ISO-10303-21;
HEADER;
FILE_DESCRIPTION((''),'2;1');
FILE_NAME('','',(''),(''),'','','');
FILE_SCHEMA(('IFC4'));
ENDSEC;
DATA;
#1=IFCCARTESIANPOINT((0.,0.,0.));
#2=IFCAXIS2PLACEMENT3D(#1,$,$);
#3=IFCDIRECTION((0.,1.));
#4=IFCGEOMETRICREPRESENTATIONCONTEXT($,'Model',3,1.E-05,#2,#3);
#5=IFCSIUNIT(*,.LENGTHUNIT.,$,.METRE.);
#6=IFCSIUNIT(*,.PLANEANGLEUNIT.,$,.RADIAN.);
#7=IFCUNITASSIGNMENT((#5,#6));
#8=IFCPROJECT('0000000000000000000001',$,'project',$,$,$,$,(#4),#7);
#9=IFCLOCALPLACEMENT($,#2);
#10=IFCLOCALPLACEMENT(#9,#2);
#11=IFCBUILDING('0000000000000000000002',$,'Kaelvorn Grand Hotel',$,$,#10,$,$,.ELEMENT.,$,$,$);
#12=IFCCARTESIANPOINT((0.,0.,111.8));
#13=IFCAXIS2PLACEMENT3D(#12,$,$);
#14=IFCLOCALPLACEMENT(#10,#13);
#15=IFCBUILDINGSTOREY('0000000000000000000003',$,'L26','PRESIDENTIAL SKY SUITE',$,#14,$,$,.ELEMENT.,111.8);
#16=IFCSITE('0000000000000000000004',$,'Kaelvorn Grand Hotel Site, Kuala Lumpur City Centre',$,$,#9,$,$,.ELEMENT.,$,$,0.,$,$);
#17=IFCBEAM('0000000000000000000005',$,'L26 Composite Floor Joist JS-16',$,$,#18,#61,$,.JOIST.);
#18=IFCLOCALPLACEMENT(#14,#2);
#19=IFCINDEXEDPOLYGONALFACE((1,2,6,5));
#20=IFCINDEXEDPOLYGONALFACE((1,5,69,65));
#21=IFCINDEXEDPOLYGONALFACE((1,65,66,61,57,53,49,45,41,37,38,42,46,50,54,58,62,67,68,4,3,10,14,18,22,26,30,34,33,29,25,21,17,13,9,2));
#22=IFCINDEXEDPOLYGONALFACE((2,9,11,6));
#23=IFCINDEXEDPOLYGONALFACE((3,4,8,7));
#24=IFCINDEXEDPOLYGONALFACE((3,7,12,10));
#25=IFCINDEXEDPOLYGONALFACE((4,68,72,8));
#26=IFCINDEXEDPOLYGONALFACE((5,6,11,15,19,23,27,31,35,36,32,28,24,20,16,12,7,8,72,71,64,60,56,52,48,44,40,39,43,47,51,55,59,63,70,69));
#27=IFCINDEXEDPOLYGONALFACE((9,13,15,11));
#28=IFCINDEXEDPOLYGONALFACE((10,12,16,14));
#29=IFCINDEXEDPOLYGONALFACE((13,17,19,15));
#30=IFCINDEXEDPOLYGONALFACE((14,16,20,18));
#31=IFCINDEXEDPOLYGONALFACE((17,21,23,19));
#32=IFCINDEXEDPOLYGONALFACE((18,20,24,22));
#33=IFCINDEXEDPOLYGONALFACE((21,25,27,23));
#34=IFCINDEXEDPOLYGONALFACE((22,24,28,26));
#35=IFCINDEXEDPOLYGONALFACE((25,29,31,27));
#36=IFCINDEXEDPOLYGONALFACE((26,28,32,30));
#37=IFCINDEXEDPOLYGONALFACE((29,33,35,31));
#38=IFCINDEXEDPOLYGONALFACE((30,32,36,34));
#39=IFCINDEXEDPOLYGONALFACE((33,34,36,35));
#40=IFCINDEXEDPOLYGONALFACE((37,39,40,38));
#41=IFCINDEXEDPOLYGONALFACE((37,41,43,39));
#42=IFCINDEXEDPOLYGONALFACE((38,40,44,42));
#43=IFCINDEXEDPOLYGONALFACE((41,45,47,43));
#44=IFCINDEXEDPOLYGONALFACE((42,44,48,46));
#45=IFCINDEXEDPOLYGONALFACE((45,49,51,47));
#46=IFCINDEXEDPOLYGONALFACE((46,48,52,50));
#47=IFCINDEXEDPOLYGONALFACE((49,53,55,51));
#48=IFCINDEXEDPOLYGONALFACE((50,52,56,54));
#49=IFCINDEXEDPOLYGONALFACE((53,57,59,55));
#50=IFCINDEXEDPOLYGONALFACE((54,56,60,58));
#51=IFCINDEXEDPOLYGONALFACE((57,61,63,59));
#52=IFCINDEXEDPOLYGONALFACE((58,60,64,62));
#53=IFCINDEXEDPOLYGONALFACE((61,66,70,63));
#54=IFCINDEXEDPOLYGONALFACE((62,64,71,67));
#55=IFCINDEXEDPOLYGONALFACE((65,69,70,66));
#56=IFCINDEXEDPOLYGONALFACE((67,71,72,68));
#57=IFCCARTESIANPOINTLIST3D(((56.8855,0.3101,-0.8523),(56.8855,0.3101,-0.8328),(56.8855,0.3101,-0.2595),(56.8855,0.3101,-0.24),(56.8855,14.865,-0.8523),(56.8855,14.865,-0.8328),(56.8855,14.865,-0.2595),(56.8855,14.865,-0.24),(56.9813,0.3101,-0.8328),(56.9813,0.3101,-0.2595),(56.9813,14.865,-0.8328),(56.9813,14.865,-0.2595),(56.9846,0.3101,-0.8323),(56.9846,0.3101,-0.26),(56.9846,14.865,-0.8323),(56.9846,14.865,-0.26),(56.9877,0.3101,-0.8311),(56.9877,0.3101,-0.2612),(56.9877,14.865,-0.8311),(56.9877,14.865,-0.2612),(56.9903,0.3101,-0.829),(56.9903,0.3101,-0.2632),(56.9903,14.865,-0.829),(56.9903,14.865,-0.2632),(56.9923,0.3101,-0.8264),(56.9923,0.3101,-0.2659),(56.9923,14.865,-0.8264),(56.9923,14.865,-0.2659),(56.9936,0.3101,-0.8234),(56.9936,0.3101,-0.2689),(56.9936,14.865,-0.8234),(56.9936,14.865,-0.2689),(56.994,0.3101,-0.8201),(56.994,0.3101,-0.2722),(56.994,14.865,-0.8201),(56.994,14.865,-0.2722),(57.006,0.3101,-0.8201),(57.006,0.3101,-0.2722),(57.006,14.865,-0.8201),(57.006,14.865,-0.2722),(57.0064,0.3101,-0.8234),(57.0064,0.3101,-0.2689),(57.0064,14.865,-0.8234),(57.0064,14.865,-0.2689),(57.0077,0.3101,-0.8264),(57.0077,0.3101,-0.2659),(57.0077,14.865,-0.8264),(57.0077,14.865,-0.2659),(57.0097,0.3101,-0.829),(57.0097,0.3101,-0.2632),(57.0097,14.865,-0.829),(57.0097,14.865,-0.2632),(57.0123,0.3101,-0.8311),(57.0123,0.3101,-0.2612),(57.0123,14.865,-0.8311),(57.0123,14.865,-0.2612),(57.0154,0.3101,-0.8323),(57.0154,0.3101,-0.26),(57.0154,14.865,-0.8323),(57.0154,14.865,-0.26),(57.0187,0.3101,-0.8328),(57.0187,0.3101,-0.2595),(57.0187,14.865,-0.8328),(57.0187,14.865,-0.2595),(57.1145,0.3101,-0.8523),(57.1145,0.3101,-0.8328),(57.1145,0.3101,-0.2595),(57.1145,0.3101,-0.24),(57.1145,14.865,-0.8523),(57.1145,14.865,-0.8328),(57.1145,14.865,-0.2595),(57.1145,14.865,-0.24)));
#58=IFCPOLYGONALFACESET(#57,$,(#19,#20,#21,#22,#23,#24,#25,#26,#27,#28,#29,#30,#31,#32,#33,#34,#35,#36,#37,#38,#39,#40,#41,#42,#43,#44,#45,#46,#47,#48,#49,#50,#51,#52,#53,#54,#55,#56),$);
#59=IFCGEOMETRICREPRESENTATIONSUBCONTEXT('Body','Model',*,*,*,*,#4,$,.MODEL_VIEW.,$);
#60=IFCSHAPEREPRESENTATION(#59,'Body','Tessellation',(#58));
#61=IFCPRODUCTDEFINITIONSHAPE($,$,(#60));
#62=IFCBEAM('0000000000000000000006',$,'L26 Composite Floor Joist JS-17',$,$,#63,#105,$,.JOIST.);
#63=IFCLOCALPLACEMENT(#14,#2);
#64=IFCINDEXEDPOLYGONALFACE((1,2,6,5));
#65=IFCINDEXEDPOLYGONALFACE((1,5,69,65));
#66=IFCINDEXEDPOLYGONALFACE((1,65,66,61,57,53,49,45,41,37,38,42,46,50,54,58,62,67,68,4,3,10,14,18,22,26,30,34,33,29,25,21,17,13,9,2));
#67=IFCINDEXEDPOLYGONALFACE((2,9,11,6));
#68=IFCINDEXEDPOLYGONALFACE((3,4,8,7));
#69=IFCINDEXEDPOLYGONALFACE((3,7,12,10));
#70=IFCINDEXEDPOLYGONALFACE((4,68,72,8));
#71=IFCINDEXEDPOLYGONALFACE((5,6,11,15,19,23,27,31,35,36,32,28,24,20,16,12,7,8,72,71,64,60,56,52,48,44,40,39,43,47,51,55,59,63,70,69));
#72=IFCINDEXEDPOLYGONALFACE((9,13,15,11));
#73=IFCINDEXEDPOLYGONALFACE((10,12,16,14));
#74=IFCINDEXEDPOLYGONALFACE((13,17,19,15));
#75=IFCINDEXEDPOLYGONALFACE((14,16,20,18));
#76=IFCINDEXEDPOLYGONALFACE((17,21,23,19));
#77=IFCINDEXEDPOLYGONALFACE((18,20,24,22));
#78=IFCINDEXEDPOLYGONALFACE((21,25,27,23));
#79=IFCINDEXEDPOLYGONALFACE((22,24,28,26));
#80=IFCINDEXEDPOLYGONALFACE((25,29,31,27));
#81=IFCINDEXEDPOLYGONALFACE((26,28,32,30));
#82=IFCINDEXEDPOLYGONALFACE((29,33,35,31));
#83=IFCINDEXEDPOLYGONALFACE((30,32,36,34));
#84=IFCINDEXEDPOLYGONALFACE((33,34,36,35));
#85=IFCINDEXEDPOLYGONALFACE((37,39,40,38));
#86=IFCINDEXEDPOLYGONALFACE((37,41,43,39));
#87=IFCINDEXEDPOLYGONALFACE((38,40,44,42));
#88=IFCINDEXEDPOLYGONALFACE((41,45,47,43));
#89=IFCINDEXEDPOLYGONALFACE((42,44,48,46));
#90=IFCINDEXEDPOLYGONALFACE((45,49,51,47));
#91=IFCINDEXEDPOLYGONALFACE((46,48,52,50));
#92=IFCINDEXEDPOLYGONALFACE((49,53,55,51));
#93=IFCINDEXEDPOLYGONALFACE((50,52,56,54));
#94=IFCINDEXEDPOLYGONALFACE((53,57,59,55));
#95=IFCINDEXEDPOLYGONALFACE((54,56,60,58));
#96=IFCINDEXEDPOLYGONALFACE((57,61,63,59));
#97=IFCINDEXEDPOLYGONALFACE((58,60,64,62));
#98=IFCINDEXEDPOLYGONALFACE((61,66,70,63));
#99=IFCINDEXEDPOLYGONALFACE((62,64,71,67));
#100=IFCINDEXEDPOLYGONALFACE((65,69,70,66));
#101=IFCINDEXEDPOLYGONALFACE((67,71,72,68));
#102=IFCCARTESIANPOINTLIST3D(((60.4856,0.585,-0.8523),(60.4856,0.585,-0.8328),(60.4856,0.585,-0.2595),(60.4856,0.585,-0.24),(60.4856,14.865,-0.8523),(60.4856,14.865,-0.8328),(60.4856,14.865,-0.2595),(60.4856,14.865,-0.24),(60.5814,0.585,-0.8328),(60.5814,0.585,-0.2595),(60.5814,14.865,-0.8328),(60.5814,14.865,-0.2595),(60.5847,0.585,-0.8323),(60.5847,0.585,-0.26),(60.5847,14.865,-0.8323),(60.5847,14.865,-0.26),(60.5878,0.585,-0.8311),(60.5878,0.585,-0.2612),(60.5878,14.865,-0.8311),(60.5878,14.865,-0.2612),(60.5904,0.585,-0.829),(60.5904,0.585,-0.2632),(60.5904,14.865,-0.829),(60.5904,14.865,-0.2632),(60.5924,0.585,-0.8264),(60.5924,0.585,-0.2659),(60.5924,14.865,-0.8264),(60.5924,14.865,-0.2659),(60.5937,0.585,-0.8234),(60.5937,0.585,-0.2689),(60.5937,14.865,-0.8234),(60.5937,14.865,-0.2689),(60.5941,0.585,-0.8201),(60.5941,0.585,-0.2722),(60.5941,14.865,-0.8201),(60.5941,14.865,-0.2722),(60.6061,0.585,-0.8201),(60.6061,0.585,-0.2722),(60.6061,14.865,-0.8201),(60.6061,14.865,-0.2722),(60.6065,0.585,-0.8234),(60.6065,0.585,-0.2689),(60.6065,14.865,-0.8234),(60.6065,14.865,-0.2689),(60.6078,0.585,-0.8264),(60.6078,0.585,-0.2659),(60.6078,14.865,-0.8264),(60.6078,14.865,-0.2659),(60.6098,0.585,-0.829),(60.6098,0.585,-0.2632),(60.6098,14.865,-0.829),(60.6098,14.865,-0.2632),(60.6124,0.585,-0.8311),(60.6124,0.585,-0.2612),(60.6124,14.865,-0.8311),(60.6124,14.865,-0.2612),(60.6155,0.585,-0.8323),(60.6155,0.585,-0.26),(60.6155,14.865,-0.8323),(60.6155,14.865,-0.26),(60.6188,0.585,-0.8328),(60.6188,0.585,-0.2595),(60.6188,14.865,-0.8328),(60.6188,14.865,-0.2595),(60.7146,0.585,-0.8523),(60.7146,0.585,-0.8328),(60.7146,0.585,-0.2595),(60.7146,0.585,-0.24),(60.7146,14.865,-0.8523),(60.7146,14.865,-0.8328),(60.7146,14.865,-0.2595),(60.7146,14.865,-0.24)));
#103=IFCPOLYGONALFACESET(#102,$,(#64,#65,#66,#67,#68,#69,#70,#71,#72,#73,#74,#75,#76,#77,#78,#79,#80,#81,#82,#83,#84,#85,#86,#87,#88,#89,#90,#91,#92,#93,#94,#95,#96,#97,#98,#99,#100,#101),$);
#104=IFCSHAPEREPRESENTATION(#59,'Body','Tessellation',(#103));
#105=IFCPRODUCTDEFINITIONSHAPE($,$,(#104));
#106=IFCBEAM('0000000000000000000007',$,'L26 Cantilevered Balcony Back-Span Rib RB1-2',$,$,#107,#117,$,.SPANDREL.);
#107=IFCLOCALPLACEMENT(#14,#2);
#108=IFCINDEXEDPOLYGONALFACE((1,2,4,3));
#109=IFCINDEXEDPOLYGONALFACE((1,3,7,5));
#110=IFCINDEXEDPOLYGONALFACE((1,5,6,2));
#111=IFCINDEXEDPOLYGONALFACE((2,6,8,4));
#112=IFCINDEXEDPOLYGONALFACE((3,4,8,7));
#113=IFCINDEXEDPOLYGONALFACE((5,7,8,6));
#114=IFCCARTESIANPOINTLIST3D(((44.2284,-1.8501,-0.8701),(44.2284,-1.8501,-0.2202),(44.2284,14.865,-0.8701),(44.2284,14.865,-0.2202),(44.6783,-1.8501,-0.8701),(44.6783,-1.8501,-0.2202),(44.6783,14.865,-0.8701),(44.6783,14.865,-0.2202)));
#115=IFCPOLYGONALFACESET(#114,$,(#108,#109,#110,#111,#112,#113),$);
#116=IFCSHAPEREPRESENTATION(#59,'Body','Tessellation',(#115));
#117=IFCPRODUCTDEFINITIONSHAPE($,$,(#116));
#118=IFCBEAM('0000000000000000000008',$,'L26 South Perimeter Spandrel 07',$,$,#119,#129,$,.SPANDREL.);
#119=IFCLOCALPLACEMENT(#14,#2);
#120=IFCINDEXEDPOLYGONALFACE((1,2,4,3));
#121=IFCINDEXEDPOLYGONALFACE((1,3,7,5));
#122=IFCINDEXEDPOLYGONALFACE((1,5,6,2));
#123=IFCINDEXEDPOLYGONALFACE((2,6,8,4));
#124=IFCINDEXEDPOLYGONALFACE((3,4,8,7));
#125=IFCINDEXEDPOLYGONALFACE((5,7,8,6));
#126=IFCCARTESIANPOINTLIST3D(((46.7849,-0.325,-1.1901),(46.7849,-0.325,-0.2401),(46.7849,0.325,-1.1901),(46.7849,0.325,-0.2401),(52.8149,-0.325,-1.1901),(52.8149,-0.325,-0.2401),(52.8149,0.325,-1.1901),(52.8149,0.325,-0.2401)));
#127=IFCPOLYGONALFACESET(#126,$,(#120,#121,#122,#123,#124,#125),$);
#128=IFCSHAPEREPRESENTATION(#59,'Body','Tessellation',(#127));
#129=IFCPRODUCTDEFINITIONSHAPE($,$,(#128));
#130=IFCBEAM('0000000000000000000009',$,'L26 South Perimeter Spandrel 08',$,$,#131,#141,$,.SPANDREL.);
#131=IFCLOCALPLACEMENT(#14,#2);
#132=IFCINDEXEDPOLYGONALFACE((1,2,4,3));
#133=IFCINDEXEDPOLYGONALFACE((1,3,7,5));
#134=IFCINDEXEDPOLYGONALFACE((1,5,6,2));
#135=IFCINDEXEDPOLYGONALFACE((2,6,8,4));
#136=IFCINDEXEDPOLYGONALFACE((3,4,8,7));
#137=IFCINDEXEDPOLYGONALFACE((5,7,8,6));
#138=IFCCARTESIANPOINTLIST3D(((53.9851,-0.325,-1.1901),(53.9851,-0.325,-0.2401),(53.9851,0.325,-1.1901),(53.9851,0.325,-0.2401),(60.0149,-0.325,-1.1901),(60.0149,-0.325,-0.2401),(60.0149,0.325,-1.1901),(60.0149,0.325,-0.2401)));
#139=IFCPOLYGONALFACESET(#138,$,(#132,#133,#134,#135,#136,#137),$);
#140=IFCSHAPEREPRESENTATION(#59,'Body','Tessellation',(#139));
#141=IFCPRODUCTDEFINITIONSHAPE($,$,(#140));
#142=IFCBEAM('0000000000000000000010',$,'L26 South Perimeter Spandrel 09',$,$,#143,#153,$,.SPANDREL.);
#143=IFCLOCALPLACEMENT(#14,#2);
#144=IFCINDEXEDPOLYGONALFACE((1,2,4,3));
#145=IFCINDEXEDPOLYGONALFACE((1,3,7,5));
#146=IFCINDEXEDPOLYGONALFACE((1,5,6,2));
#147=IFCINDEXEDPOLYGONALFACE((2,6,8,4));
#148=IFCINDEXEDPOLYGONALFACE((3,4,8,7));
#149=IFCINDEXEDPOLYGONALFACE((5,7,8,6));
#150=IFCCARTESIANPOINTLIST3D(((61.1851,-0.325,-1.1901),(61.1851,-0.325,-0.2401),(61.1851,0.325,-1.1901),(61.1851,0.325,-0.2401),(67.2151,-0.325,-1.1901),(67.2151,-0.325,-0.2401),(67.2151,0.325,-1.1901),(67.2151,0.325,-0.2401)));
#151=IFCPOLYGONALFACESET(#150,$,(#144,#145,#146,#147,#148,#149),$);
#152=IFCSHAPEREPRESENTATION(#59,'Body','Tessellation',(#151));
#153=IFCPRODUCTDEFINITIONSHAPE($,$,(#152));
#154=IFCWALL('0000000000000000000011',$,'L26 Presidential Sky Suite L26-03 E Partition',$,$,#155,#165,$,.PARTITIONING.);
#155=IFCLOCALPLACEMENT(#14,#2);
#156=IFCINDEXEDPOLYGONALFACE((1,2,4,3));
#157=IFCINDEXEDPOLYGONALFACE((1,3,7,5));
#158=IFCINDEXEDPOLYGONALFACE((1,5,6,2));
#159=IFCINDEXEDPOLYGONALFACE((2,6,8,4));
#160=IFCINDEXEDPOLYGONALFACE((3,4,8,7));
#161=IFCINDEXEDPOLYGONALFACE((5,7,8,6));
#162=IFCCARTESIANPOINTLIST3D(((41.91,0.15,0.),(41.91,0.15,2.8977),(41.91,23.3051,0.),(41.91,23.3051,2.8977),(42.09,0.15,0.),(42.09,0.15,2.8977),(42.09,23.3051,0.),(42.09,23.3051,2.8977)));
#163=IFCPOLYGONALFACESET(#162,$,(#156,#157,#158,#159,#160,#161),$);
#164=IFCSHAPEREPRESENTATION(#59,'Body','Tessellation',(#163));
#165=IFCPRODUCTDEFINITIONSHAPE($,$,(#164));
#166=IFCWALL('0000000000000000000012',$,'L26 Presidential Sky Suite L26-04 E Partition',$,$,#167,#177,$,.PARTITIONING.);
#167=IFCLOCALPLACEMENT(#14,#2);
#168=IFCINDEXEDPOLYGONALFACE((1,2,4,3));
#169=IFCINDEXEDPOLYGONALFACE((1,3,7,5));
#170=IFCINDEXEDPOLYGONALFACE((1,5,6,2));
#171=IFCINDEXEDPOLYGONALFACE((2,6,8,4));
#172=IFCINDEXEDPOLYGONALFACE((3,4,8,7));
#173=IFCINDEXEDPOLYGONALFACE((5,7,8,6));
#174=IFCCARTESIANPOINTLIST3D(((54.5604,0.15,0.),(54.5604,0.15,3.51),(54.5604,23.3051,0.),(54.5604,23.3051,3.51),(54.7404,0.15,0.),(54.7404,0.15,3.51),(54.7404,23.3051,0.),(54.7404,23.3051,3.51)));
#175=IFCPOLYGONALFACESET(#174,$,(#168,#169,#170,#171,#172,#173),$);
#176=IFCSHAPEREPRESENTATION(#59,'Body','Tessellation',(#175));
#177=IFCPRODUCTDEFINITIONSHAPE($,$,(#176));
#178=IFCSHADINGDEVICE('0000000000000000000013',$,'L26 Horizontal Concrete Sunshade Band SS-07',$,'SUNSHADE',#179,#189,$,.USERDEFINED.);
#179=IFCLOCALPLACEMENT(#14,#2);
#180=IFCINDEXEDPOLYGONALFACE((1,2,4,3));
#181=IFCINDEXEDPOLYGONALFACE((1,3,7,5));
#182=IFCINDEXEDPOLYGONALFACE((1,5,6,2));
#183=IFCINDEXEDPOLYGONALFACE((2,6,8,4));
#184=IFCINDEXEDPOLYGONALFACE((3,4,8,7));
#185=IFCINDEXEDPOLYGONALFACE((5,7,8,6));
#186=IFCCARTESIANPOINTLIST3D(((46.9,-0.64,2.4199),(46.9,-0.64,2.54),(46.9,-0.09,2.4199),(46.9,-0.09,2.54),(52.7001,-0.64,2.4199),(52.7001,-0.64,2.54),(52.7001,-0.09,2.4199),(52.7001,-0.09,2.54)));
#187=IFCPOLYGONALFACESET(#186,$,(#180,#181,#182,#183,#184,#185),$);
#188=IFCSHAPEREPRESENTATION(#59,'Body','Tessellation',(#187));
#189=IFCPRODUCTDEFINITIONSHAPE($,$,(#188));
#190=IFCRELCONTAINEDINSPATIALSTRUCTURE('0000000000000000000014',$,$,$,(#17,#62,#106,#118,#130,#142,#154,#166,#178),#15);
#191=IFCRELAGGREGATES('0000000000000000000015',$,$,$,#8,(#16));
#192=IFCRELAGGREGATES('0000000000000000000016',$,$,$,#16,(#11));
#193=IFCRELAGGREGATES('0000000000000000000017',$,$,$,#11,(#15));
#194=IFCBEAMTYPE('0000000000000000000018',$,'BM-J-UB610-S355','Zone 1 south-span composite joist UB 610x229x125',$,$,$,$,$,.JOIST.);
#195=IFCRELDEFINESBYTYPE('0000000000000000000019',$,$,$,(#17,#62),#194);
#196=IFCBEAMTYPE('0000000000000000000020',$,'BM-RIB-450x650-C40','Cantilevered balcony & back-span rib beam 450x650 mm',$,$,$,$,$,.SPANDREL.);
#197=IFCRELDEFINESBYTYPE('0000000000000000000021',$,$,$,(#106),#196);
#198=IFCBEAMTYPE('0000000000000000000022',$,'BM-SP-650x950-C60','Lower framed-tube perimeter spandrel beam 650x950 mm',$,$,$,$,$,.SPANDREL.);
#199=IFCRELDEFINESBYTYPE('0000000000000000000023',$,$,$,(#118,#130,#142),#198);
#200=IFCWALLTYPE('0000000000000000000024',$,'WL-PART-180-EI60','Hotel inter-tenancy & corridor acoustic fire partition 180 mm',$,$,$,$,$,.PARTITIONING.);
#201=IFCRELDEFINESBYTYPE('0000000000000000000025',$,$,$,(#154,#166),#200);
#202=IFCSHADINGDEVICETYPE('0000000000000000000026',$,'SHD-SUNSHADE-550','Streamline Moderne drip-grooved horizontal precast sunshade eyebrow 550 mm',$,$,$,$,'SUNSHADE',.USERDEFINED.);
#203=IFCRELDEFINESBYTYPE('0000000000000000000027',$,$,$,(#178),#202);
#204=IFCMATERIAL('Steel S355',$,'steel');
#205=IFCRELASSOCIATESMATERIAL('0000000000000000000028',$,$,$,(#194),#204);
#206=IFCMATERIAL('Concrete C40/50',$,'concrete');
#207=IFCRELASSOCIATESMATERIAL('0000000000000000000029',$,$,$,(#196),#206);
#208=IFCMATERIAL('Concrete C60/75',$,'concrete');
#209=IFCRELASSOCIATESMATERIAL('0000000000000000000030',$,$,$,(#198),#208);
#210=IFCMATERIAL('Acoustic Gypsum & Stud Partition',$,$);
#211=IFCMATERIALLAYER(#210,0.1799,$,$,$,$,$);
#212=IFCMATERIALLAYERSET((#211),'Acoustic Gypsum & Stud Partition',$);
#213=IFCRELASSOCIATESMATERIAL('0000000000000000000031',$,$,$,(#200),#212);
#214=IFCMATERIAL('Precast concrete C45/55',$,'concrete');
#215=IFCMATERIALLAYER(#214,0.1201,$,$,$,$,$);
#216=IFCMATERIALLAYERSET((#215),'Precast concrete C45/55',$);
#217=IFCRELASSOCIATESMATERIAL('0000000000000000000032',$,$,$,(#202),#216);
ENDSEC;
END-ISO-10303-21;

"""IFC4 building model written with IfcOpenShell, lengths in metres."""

from ifc_helpers import new_model, si_unit, direction, frame, frame_2d, origin, origin_2d, place, context, subcontext, project, spatial, rectangle, i_section, extrude, material, layer, layer_set, material_profile, profile_set, type_object, element, save


model = new_model("IFC4")

# Units and contexts
model_context = context("Model", 3, precision=1e-05, world=origin(), true_north=direction((0.0, 1.0)))
body_context = subcontext(model_context, "Body", "Model", "MODEL_VIEW")
ifc_project = project(units=[si_unit("LENGTHUNIT", "METRE"), si_unit("PLANEANGLEUNIT", "RADIAN")], contexts=[model_context])

# Site, building, storey
site_placement = place(None, origin())
site = spatial("IfcSite", under=ifc_project, at=site_placement, Name="Kaelvorn Grand Hotel Site, Kuala Lumpur City Centre", CompositionType="ELEMENT", RefElevation=0.0)
building_placement = place(site_placement, origin())
building = spatial("IfcBuilding", under=site, at=building_placement, Name="Kaelvorn Grand Hotel", CompositionType="ELEMENT")
storey_placement = place(building_placement, frame((0.0, 0.0, 111.8)))
storey = spatial("IfcBuildingStorey", under=building, at=storey_placement, Name="L26", Description="PRESIDENTIAL SKY SUITE", CompositionType="ELEMENT", Elevation=111.8)

# Shared definitions
ifc_material_1 = material(Name="Concrete C60/75", Category="concrete")

# Beams
ifc_material_2 = material(Name="Steel S355", Category="steel")
ifc_material_profile_1 = material_profile(ifc_material_2, i_section(OverallWidth=0.229, OverallDepth=0.6123, WebThickness=0.012, FlangeThickness=0.0195, FilletRadius=0.0127, at=origin_2d()), Name="UB 610x229x125")
ifc_profile_set_1 = profile_set([ifc_material_profile_1], Name="Steel S355")
beam_type_1 = type_object("IfcBeamType", Name="BM-J-UB610-S355", Description="Zone 1 south-span composite joist UB 610x229x125", PredefinedType="JOIST", material=ifc_profile_set_1)
beam_1_placement = place(storey_placement, frame((57.0, 0.3101, -0.5461), z_axis=(0.0, 1.0, 0.0), x_axis=(-1.0, 0.0, 0.0)))
element("IfcBeam", 1, at=beam_1_placement, inside=storey, type_object=beam_type_1, Name="L26 Composite Floor Joist JS-16", PredefinedType="JOIST", context=body_context, shape_type="SweptSolid", body=[
    extrude(i_section(OverallWidth=0.229, OverallDepth=0.6123, WebThickness=0.012, FlangeThickness=0.0195, FilletRadius=0.0127, at=origin_2d()), origin(), (0.0, 0.0, 1.0), 14.5549),
])
beam_2_placement = place(storey_placement, frame((60.6001, 0.585, -0.5461), z_axis=(0.0, 1.0, 0.0), x_axis=(-1.0, 0.0, 0.0)))
element("IfcBeam", 2, at=beam_2_placement, inside=storey, type_object=beam_type_1, Name="L26 Composite Floor Joist JS-17", PredefinedType="JOIST", context=body_context, shape_type="SweptSolid", body=[
    extrude(i_section(OverallWidth=0.229, OverallDepth=0.6123, WebThickness=0.012, FlangeThickness=0.0195, FilletRadius=0.0127, at=origin_2d()), origin(), (0.0, 0.0, 1.0), 14.28),
])
ifc_material_3 = material(Name="Concrete C40/50", Category="concrete")
ifc_material_profile_2 = material_profile(ifc_material_3, rectangle(XDim=0.45, YDim=0.6499, at=origin_2d()), Name="RC RIB 450x650")
ifc_profile_set_2 = profile_set([ifc_material_profile_2], Name="Concrete C40/50")
beam_type_2 = type_object("IfcBeamType", Name="BM-RIB-450x650-C40", Description="Cantilevered balcony & back-span rib beam 450x650 mm", PredefinedType="SPANDREL", material=ifc_profile_set_2)
beam_3_placement = place(storey_placement, frame((44.4534, -1.8501, -0.5452), z_axis=(0.0, 1.0, 0.0), x_axis=(-1.0, 0.0, 0.0)))
element("IfcBeam", 3, at=beam_3_placement, inside=storey, type_object=beam_type_2, Name="L26 Cantilevered Balcony Back-Span Rib RB1-2", PredefinedType="SPANDREL", context=body_context, shape_type="SweptSolid", body=[
    extrude(rectangle(XDim=0.45, YDim=0.6499, at=origin_2d()), origin(), (0.0, 0.0, 1.0), 16.7151),
])
ifc_material_profile_3 = material_profile(ifc_material_1, rectangle(XDim=0.6499, YDim=0.95, at=origin_2d()), Name="RC SPANDREL 650x950")
ifc_profile_set_3 = profile_set([ifc_material_profile_3], Name="Concrete C60/75")
beam_type_3 = type_object("IfcBeamType", Name="BM-SP-650x950-C60", Description="Lower framed-tube perimeter spandrel beam 650x950 mm", PredefinedType="SPANDREL", material=ifc_profile_set_3)
beam_4_placement = place(storey_placement, frame((46.7849, 0.0, -0.7151), z_axis=(1.0, 0.0, 0.0), x_axis=(0.0, 1.0, 0.0)))
element("IfcBeam", 4, at=beam_4_placement, inside=storey, type_object=beam_type_3, Name="L26 South Perimeter Spandrel 07", PredefinedType="SPANDREL", context=body_context, shape_type="SweptSolid", body=[
    extrude(rectangle(XDim=0.6499, YDim=0.95, at=origin_2d()), origin(), (0.0, 0.0, 1.0), 6.03),
])
beam_5_placement = place(storey_placement, frame((53.9851, 0.0, -0.7151), z_axis=(1.0, 0.0, 0.0), x_axis=(0.0, 1.0, 0.0)))
element("IfcBeam", 5, at=beam_5_placement, inside=storey, type_object=beam_type_3, Name="L26 South Perimeter Spandrel 08", PredefinedType="SPANDREL", context=body_context, shape_type="SweptSolid", body=[
    extrude(rectangle(XDim=0.6499, YDim=0.95, at=origin_2d()), origin(), (0.0, 0.0, 1.0), 6.0298),
])
beam_6_placement = place(storey_placement, frame((61.1851, 0.0, -0.7151), z_axis=(1.0, 0.0, 0.0), x_axis=(0.0, 1.0, 0.0)))
element("IfcBeam", 6, at=beam_6_placement, inside=storey, type_object=beam_type_3, Name="L26 South Perimeter Spandrel 09", PredefinedType="SPANDREL", context=body_context, shape_type="SweptSolid", body=[
    extrude(rectangle(XDim=0.6499, YDim=0.95, at=origin_2d()), origin(), (0.0, 0.0, 1.0), 6.03),
])

# Walls
ifc_material_4 = material(Name="Acoustic Gypsum & Stud Partition")
ifc_layer_1 = layer(ifc_material_4, 0.1799)
ifc_layer_set_1 = layer_set([ifc_layer_1], Name="Acoustic Gypsum & Stud Partition")
wall_type = type_object("IfcWallType", Name="WL-PART-180-EI60", Description="Hotel inter-tenancy & corridor acoustic fire partition 180 mm", PredefinedType="PARTITIONING", material=ifc_layer_set_1)
wall_1_placement = place(storey_placement, frame((42.0, 0.1499, 0.0), z_axis=(0.0, 0.0, 1.0), x_axis=(0.0, 1.0, 0.0)))
element("IfcWall", 7, at=wall_1_placement, inside=storey, type_object=wall_type, Name="L26 Presidential Sky Suite L26-03 E Partition", PredefinedType="PARTITIONING", context=body_context, shape_type="SweptSolid", body=[
    extrude(rectangle(XDim=23.155, YDim=0.1799, at=frame_2d((11.5776, 0.0))), origin(), (0.0, 0.0, 1.0), 2.8977),
])
wall_2_placement = place(storey_placement, frame((54.6504, 0.1499, 0.0), z_axis=(0.0, 0.0, 1.0), x_axis=(0.0, 1.0, 0.0)))
element("IfcWall", 8, at=wall_2_placement, inside=storey, type_object=wall_type, Name="L26 Presidential Sky Suite L26-04 E Partition", PredefinedType="PARTITIONING", context=body_context, shape_type="SweptSolid", body=[
    extrude(rectangle(XDim=23.155, YDim=0.1799, at=frame_2d((11.5776, 0.0))), origin(), (0.0, 0.0, 1.0), 3.51),
])

# Shading device
ifc_material_5 = material(Name="Precast concrete C45/55", Category="concrete")
ifc_layer_2 = layer(ifc_material_5, 0.1201)
ifc_layer_set_2 = layer_set([ifc_layer_2], Name="Precast concrete C45/55")
shading_device_type_1 = type_object("IfcShadingDeviceType", Name="SHD-SUNSHADE-550", Description="Streamline Moderne drip-grooved horizontal precast sunshade eyebrow 550 mm", ElementType="SUNSHADE", PredefinedType="USERDEFINED", material=ifc_layer_set_2)
shading_device_placement = place(storey_placement, frame((49.8, -0.365, 2.4199), z_axis=(0.0, 0.0, 1.0), x_axis=(1.0, 0.0, 0.0)))
element("IfcShadingDevice", 9, at=shading_device_placement, inside=storey, type_object=shading_device_type_1, Name="L26 Horizontal Concrete Sunshade Band SS-07", ObjectType="SUNSHADE", PredefinedType="USERDEFINED", context=body_context, shape_type="SweptSolid", body=[
    extrude(rectangle(XDim=5.8, YDim=0.55, at=origin_2d()), origin(), (0.0, 0.0, 1.0), 0.1201),
])

save(model, "model.ifc")
